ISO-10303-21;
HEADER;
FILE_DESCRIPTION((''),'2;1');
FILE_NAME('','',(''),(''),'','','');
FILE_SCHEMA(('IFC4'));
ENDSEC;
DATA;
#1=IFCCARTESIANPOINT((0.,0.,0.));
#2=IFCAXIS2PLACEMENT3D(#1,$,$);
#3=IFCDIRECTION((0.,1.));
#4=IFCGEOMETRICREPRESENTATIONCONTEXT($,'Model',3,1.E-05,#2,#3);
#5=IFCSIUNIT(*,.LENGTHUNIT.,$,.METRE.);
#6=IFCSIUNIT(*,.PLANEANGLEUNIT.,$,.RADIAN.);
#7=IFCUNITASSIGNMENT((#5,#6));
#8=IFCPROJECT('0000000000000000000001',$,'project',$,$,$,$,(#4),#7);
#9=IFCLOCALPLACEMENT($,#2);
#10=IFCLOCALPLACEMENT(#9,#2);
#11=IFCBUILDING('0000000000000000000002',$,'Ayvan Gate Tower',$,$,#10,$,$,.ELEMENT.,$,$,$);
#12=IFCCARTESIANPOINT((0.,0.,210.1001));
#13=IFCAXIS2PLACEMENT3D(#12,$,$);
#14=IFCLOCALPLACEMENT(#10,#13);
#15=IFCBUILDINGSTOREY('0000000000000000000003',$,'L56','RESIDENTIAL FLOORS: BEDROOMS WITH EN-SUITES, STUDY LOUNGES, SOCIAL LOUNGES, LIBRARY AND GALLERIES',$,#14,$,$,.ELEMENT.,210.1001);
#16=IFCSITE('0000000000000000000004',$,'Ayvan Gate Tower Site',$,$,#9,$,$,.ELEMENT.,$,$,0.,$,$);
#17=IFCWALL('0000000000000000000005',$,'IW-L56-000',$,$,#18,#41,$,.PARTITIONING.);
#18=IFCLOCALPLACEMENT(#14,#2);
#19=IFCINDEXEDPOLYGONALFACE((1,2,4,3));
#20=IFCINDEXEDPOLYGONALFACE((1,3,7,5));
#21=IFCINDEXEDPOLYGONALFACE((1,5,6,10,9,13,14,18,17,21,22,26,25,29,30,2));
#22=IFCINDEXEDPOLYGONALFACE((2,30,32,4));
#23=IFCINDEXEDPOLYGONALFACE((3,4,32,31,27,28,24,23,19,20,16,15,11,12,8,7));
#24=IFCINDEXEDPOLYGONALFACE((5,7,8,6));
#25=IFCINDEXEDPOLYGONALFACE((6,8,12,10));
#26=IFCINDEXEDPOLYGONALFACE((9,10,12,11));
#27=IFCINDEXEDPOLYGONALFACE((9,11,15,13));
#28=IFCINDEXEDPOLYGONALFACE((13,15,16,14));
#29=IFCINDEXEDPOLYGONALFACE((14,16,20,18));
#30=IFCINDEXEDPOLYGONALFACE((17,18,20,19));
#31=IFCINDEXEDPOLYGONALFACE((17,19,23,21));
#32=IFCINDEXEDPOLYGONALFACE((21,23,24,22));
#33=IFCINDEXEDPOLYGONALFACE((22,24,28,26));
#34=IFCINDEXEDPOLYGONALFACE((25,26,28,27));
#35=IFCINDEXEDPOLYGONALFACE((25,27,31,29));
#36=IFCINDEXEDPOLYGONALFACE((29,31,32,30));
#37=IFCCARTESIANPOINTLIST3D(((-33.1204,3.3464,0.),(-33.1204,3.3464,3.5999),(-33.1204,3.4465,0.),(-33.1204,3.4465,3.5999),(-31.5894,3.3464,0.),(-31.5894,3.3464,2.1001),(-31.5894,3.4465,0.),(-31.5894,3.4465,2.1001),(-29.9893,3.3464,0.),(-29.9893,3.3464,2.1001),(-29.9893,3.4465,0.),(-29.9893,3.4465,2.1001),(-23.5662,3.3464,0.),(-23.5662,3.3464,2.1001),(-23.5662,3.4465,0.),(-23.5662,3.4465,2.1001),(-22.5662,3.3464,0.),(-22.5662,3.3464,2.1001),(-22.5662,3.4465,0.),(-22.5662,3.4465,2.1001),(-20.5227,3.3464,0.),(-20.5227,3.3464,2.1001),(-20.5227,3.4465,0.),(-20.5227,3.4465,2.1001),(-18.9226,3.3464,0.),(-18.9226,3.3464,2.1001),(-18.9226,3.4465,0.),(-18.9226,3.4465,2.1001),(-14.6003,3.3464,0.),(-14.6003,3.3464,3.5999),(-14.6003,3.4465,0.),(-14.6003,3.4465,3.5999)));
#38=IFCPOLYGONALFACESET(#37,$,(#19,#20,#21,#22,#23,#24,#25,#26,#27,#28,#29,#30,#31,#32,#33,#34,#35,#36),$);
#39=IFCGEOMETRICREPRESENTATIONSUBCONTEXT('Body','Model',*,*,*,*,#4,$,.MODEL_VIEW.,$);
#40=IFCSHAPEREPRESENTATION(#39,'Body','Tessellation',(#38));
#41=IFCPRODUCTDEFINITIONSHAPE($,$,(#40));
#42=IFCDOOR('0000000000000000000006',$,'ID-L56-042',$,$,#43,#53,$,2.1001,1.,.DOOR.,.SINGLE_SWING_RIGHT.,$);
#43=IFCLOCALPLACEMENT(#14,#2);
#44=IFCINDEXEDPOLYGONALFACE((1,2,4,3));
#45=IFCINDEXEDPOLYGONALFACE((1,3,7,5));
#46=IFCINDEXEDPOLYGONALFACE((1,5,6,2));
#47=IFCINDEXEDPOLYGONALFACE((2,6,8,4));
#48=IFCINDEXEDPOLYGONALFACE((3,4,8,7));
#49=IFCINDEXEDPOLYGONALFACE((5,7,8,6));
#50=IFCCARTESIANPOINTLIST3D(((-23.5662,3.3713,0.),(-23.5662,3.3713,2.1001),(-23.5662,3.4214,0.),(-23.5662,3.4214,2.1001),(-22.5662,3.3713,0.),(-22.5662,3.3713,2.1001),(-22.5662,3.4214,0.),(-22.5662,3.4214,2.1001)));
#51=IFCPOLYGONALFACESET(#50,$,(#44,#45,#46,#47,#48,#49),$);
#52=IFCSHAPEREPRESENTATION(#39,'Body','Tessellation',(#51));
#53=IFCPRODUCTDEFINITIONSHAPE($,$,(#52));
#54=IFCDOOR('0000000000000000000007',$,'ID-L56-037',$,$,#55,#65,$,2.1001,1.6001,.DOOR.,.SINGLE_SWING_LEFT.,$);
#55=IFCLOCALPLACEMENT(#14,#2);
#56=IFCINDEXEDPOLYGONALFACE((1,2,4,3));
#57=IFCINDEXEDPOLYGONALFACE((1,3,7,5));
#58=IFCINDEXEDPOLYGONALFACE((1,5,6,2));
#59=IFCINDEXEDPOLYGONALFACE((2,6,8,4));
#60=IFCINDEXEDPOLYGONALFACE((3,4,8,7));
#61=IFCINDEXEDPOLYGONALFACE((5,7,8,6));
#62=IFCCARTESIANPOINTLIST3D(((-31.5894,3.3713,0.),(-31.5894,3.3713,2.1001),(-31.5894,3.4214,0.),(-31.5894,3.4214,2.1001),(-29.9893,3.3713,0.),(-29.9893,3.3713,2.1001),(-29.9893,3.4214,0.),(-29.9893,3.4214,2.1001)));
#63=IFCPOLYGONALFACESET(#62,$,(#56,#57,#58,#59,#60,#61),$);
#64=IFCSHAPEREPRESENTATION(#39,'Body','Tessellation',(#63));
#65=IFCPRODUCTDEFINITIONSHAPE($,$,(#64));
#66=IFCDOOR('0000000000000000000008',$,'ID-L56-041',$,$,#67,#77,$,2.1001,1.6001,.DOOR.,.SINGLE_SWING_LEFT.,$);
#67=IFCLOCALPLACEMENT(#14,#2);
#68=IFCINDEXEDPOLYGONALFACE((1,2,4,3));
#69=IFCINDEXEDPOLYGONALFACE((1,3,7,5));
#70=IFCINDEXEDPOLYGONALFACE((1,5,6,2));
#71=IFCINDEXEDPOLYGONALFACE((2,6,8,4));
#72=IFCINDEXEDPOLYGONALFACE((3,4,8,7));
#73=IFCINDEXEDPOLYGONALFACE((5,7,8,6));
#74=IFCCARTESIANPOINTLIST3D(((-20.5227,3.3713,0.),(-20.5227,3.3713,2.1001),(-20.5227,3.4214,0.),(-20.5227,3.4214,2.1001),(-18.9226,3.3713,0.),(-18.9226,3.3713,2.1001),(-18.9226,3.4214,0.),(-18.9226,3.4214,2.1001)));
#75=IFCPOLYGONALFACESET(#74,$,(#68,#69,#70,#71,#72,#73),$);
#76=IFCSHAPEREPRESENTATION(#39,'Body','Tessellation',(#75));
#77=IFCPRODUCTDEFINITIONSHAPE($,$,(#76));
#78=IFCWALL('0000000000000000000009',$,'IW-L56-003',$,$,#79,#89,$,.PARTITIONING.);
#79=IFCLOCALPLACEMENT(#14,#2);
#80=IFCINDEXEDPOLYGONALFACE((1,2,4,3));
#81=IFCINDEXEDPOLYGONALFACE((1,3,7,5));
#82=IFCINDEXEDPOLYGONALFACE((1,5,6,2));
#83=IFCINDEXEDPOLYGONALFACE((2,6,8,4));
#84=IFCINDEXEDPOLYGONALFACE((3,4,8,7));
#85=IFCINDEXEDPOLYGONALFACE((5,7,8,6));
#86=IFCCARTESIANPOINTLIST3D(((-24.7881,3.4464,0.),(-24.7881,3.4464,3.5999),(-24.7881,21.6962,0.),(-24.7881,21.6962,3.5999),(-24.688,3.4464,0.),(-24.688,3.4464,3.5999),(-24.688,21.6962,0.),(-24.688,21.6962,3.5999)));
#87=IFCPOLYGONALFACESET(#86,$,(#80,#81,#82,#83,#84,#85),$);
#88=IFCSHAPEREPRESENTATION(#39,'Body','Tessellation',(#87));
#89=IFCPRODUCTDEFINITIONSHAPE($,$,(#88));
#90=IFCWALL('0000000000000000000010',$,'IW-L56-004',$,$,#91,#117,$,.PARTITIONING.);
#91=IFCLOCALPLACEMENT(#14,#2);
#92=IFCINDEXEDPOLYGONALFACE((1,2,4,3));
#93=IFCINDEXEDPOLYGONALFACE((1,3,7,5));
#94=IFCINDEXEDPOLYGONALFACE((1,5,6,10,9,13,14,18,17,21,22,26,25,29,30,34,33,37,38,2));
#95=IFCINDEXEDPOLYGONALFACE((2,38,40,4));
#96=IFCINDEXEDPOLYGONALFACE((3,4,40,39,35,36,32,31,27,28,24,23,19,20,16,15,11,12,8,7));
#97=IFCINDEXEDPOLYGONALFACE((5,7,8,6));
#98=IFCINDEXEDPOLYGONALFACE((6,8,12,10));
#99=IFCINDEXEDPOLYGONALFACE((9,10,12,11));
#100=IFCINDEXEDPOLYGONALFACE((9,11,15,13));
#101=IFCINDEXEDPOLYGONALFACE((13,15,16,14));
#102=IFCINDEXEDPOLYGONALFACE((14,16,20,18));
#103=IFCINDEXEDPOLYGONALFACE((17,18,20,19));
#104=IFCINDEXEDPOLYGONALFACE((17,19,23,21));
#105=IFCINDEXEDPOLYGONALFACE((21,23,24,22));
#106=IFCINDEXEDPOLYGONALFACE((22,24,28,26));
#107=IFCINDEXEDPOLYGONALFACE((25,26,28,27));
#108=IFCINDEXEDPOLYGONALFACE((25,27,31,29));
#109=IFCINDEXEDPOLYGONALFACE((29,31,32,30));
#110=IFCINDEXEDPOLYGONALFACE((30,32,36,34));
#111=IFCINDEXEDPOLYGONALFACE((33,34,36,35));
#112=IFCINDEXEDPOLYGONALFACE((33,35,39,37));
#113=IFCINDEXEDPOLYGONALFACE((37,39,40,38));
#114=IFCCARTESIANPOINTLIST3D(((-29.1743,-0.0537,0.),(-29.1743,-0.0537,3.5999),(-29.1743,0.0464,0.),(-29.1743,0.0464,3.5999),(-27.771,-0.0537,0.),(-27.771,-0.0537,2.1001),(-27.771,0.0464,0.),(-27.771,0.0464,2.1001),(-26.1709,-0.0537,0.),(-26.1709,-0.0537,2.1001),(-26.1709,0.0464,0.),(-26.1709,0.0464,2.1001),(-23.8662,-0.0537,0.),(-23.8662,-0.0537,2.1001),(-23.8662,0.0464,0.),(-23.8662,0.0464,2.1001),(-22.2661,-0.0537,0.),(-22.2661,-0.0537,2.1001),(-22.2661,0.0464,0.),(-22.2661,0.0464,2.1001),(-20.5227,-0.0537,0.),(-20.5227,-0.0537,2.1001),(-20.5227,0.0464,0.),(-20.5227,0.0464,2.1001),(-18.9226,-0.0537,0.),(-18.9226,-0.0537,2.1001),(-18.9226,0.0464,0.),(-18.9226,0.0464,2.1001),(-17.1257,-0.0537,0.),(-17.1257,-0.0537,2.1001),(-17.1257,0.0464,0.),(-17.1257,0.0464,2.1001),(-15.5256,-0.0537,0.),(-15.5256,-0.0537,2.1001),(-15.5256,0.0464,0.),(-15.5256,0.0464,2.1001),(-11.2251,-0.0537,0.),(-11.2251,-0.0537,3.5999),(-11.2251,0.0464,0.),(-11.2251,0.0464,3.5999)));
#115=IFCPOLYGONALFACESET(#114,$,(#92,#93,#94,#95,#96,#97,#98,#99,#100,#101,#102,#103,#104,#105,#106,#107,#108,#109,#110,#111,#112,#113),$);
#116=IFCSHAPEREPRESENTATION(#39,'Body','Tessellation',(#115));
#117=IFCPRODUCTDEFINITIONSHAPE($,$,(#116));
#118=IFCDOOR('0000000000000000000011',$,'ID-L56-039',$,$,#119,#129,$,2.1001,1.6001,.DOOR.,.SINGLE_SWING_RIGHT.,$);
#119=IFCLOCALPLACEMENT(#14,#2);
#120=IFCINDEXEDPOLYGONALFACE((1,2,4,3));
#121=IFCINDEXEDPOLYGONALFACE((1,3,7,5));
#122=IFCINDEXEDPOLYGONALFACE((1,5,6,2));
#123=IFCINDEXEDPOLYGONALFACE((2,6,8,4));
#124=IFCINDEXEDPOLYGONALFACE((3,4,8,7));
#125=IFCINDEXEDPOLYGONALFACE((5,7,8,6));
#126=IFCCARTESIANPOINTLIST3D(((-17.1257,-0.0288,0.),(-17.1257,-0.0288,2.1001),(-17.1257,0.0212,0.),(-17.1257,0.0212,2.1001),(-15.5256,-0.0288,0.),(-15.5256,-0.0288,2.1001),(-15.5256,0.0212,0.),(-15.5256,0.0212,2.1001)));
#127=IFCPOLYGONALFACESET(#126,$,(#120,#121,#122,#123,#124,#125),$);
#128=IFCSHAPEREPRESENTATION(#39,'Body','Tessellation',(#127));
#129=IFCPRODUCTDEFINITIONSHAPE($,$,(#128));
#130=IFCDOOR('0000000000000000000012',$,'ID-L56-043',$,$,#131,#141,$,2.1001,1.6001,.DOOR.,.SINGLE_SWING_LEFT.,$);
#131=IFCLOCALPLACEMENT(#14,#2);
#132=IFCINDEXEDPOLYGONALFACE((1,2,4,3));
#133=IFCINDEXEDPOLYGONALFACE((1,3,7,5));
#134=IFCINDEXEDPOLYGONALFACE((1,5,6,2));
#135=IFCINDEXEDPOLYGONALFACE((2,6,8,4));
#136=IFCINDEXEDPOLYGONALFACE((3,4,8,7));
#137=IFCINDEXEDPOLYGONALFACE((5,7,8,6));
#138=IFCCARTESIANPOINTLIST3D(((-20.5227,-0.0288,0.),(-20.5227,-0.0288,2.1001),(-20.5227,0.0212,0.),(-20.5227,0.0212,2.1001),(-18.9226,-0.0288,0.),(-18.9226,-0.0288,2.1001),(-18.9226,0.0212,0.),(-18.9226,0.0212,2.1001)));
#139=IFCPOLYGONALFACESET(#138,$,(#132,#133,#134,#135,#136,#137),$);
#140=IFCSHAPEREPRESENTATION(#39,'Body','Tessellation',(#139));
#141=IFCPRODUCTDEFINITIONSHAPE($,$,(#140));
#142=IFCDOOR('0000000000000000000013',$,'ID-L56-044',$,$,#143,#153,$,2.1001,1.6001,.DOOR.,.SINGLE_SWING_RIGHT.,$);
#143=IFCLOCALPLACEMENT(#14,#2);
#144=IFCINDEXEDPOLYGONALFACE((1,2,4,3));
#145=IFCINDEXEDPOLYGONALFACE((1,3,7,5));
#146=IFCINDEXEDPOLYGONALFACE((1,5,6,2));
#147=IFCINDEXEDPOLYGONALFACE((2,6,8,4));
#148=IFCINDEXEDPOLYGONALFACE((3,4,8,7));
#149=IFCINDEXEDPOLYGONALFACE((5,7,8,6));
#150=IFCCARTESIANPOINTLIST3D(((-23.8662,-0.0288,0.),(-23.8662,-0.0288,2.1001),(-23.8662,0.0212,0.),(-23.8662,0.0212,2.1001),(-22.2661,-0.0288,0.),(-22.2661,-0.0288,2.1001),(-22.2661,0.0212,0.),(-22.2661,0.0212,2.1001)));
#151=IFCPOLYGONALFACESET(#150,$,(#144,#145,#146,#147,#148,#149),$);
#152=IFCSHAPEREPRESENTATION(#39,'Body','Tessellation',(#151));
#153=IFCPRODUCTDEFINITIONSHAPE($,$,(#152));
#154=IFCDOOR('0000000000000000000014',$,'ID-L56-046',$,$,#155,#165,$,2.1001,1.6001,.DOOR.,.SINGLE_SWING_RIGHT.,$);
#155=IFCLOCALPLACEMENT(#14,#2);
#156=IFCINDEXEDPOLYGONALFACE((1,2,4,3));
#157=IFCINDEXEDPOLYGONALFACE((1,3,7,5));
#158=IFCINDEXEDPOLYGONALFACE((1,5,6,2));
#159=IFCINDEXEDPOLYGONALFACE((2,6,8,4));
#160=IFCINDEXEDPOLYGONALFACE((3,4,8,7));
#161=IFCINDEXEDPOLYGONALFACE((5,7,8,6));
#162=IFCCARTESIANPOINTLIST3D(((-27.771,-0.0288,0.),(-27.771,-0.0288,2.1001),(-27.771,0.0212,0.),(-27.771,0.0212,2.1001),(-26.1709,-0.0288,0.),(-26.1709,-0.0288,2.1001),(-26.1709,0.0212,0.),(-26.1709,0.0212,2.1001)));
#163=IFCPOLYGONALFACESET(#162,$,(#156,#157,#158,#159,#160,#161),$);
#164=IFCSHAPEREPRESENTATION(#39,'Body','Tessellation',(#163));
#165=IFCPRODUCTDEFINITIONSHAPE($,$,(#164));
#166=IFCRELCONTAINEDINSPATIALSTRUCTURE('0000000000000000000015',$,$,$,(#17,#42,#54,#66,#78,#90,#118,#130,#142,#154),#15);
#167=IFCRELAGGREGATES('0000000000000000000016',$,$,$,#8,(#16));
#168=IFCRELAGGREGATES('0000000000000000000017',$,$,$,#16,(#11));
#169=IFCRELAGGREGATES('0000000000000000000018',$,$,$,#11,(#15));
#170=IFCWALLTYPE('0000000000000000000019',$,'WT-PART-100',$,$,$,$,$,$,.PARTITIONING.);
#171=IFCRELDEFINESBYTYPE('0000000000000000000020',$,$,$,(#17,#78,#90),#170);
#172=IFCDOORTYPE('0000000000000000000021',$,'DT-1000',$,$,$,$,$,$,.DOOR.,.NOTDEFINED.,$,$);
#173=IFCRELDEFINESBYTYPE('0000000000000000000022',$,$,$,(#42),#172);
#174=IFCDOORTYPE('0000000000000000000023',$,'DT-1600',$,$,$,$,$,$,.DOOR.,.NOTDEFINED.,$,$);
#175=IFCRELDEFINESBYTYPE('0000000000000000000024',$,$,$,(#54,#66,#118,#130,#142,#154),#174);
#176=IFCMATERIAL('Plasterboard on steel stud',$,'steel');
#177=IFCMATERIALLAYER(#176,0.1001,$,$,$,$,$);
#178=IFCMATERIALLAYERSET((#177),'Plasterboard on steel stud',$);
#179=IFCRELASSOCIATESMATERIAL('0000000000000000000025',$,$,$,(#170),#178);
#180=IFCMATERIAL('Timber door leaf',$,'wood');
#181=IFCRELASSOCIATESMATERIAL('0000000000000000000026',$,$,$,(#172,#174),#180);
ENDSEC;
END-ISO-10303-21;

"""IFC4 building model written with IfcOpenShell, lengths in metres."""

from ifc_helpers import new_model, si_unit, direction, frame, frame_2d, origin, place, context, subcontext, project, spatial, rectangle, extrude, material, layer, layer_set, type_object, element, fill, save


model = new_model("IFC4")

# Units and contexts
model_context = context("Model", 3, precision=1e-05, world=origin(), true_north=direction((0.0, 1.0)))
body_context = subcontext(model_context, "Body", "Model", "MODEL_VIEW")
ifc_project = project(units=[si_unit("LENGTHUNIT", "METRE"), si_unit("PLANEANGLEUNIT", "RADIAN")], contexts=[model_context])

# Site, building, storey
site_placement = place(None, origin())
site = spatial("IfcSite", under=ifc_project, at=site_placement, Name="Ayvan Gate Tower Site", CompositionType="ELEMENT", RefElevation=0.0)
building_placement = place(site_placement, origin())
building = spatial("IfcBuilding", under=site, at=building_placement, Name="Ayvan Gate Tower", CompositionType="ELEMENT")
storey_placement = place(building_placement, frame((0.0, 0.0, 210.1001)))
storey = spatial("IfcBuildingStorey", under=building, at=storey_placement, Name="L56", Description="RESIDENTIAL FLOORS: BEDROOMS WITH EN-SUITES, STUDY LOUNGES, SOCIAL LOUNGES, LIBRARY AND GALLERIES", CompositionType="ELEMENT", Elevation=210.1001)

# Wall, openings, doors
ifc_material_1 = material(Name="Plasterboard on steel stud", Category="steel")
ifc_layer_1 = layer(ifc_material_1, 0.1001)
ifc_layer_set_1 = layer_set([ifc_layer_1], Name="Plasterboard on steel stud")
wall_type = type_object("IfcWallType", Name="WT-PART-100", PredefinedType="PARTITIONING", material=ifc_layer_set_1)
wall_1_placement = place(storey_placement, frame((-33.1204, 3.3965, 0.0), z_axis=(0.0, 0.0, 1.0), x_axis=(1.0, 0.0, 0.0)))
wall_1 = element("IfcWall", 1, at=wall_1_placement, inside=storey, type_object=wall_type, Name="IW-L56-000", PredefinedType="PARTITIONING", context=body_context, shape_type="SweptSolid", body=[
    extrude(rectangle(XDim=18.52, YDim=0.1001, at=frame_2d((9.26, 0.0))), origin(), (0.0, 0.0, 1.0), 3.5999),
])
opening_1_placement = place(wall_1_placement, frame((1.531, 0.0, 0.0)))
opening_1 = element("IfcOpeningElement", 2, at=opening_1_placement, cuts=wall_1, PredefinedType="OPENING", context=body_context, shape_type="SweptSolid", body=[
    extrude(rectangle(XDim=1.6001, YDim=2.1001, at=frame_2d((0.8, 1.05))), frame((0.0, 0.0601, 0.0), z_axis=(0.0, -1.0, 0.0), x_axis=(1.0, 0.0, 0.0)), (0.0, 0.0, 1.0), 0.1201),
])
opening_2_placement = place(wall_1_placement, frame((12.5977, 0.0, 0.0)))
opening_2 = element("IfcOpeningElement", 3, at=opening_2_placement, cuts=wall_1, PredefinedType="OPENING", context=body_context, shape_type="SweptSolid", body=[
    extrude(rectangle(XDim=1.6001, YDim=2.1001, at=frame_2d((0.8, 1.05))), frame((0.0, 0.0601, 0.0), z_axis=(0.0, -1.0, 0.0), x_axis=(1.0, 0.0, 0.0)), (0.0, 0.0, 1.0), 0.1201),
])
opening_3_placement = place(wall_1_placement, frame((9.5542, 0.0, 0.0)))
opening_3 = element("IfcOpeningElement", 4, at=opening_3_placement, cuts=wall_1, PredefinedType="OPENING", context=body_context, shape_type="SweptSolid", body=[
    extrude(rectangle(XDim=1.0, YDim=2.1001, at=frame_2d((0.5, 1.05))), frame((0.0, 0.0601, 0.0), z_axis=(0.0, -1.0, 0.0), x_axis=(1.0, 0.0, 0.0)), (0.0, 0.0, 1.0), 0.1201),
])
ifc_material_2 = material(Name="Timber door leaf", Category="wood")
door_type_1 = type_object("IfcDoorType", Name="DT-1000", OperationType="NOTDEFINED", PredefinedType="DOOR", material=ifc_material_2)
door_1_placement = place(opening_3_placement, origin())
door_1 = element("IfcDoor", 5, at=door_1_placement, inside=storey, type_object=door_type_1, Name="ID-L56-042", OperationType="SINGLE_SWING_RIGHT", OverallHeight=2.1001, OverallWidth=1.0, PredefinedType="DOOR", context=body_context, shape_type="SweptSolid", body=[
    extrude(rectangle(XDim=1.0, YDim=2.1001, at=frame_2d((0.5, 1.05))), frame((0.0, 0.0249, 0.0), z_axis=(0.0, -1.0, 0.0), x_axis=(1.0, 0.0, 0.0)), (0.0, 0.0, 1.0), 0.05),
])
fill(opening_3, door_1)
door_type_2 = type_object("IfcDoorType", Name="DT-1600", OperationType="NOTDEFINED", PredefinedType="DOOR", material=ifc_material_2)
door_2_placement = place(opening_1_placement, origin())
door_2 = element("IfcDoor", 6, at=door_2_placement, inside=storey, type_object=door_type_2, Name="ID-L56-037", OperationType="SINGLE_SWING_LEFT", OverallHeight=2.1001, OverallWidth=1.6001, PredefinedType="DOOR", context=body_context, shape_type="SweptSolid", body=[
    extrude(rectangle(XDim=1.6001, YDim=2.1001, at=frame_2d((0.8, 1.05))), frame((0.0, 0.0249, 0.0), z_axis=(0.0, -1.0, 0.0), x_axis=(1.0, 0.0, 0.0)), (0.0, 0.0, 1.0), 0.05),
])
fill(opening_1, door_2)
door_3_placement = place(opening_2_placement, origin())
door_3 = element("IfcDoor", 7, at=door_3_placement, inside=storey, type_object=door_type_2, Name="ID-L56-041", OperationType="SINGLE_SWING_LEFT", OverallHeight=2.1001, OverallWidth=1.6001, PredefinedType="DOOR", context=body_context, shape_type="SweptSolid", body=[
    extrude(rectangle(XDim=1.6001, YDim=2.1001, at=frame_2d((0.8, 1.05))), frame((0.0, 0.0249, 0.0), z_axis=(0.0, -1.0, 0.0), x_axis=(1.0, 0.0, 0.0)), (0.0, 0.0, 1.0), 0.05),
])
fill(opening_2, door_3)

# Wall
wall_2_placement = place(storey_placement, frame((-24.738, 3.4463, 0.0), z_axis=(0.0, 0.0, 1.0), x_axis=(0.0, 1.0, 0.0)))
element("IfcWall", 8, at=wall_2_placement, inside=storey, type_object=wall_type, Name="IW-L56-003", PredefinedType="PARTITIONING", context=body_context, shape_type="SweptSolid", body=[
    extrude(rectangle(XDim=18.2498, YDim=0.1001, at=frame_2d((9.125, 0.0))), origin(), (0.0, 0.0, 1.0), 3.5999),
])

# Wall, openings, doors
wall_3_placement = place(storey_placement, frame((-29.1743, -0.0037, 0.0), z_axis=(0.0, 0.0, 1.0), x_axis=(1.0, 0.0, 0.0)))
wall_3 = element("IfcWall", 9, at=wall_3_placement, inside=storey, type_object=wall_type, Name="IW-L56-004", PredefinedType="PARTITIONING", context=body_context, shape_type="SweptSolid", body=[
    extrude(rectangle(XDim=17.9492, YDim=0.1001, at=frame_2d((8.9746, 0.0))), origin(), (0.0, 0.0, 1.0), 3.5999),
])
opening_4_placement = place(wall_3_placement, frame((12.0486, 0.0, 0.0)))
opening_4 = element("IfcOpeningElement", 10, at=opening_4_placement, cuts=wall_3, PredefinedType="OPENING", context=body_context, shape_type="SweptSolid", body=[
    extrude(rectangle(XDim=1.6001, YDim=2.1001, at=frame_2d((0.8, 1.05))), frame((0.0, 0.0601, 0.0), z_axis=(0.0, -1.0, 0.0), x_axis=(1.0, 0.0, 0.0)), (0.0, 0.0, 1.0), 0.1201),
])
opening_5_placement = place(wall_3_placement, frame((8.6516, 0.0, 0.0)))
opening_5 = element("IfcOpeningElement", 11, at=opening_5_placement, cuts=wall_3, PredefinedType="OPENING", context=body_context, shape_type="SweptSolid", body=[
    extrude(rectangle(XDim=1.6001, YDim=2.1001, at=frame_2d((0.8, 1.05))), frame((0.0, 0.0601, 0.0), z_axis=(0.0, -1.0, 0.0), x_axis=(1.0, 0.0, 0.0)), (0.0, 0.0, 1.0), 0.1201),
])
opening_6_placement = place(wall_3_placement, frame((5.3081, 0.0, 0.0)))
opening_6 = element("IfcOpeningElement", 12, at=opening_6_placement, cuts=wall_3, PredefinedType="OPENING", context=body_context, shape_type="SweptSolid", body=[
    extrude(rectangle(XDim=1.6001, YDim=2.1001, at=frame_2d((0.8, 1.05))), frame((0.0, 0.0601, 0.0), z_axis=(0.0, -1.0, 0.0), x_axis=(1.0, 0.0, 0.0)), (0.0, 0.0, 1.0), 0.1201),
])
opening_7_placement = place(wall_3_placement, frame((1.4033, 0.0, 0.0)))
opening_7 = element("IfcOpeningElement", 13, at=opening_7_placement, cuts=wall_3, PredefinedType="OPENING", context=body_context, shape_type="SweptSolid", body=[
    extrude(rectangle(XDim=1.6001, YDim=2.1001, at=frame_2d((0.8, 1.05))), frame((0.0, 0.0601, 0.0), z_axis=(0.0, -1.0, 0.0), x_axis=(1.0, 0.0, 0.0)), (0.0, 0.0, 1.0), 0.1201),
])
door_4_placement = place(opening_4_placement, origin())
door_4 = element("IfcDoor", 14, at=door_4_placement, inside=storey, type_object=door_type_2, Name="ID-L56-039", OperationType="SINGLE_SWING_RIGHT", OverallHeight=2.1001, OverallWidth=1.6001, PredefinedType="DOOR", context=body_context, shape_type="SweptSolid", body=[
    extrude(rectangle(XDim=1.6001, YDim=2.1001, at=frame_2d((0.8, 1.05))), frame((0.0, 0.0249, 0.0), z_axis=(0.0, -1.0, 0.0), x_axis=(1.0, 0.0, 0.0)), (0.0, 0.0, 1.0), 0.05),
])
fill(opening_4, door_4)
door_5_placement = place(opening_5_placement, origin())
door_5 = element("IfcDoor", 15, at=door_5_placement, inside=storey, type_object=door_type_2, Name="ID-L56-043", OperationType="SINGLE_SWING_LEFT", OverallHeight=2.1001, OverallWidth=1.6001, PredefinedType="DOOR", context=body_context, shape_type="SweptSolid", body=[
    extrude(rectangle(XDim=1.6001, YDim=2.1001, at=frame_2d((0.8, 1.05))), frame((0.0, 0.0249, 0.0), z_axis=(0.0, -1.0, 0.0), x_axis=(1.0, 0.0, 0.0)), (0.0, 0.0, 1.0), 0.05),
])
fill(opening_5, door_5)
door_6_placement = place(opening_6_placement, origin())
door_6 = element("IfcDoor", 16, at=door_6_placement, inside=storey, type_object=door_type_2, Name="ID-L56-044", OperationType="SINGLE_SWING_RIGHT", OverallHeight=2.1001, OverallWidth=1.6001, PredefinedType="DOOR", context=body_context, shape_type="SweptSolid", body=[
    extrude(rectangle(XDim=1.6001, YDim=2.1001, at=frame_2d((0.8, 1.05))), frame((0.0, 0.0249, 0.0), z_axis=(0.0, -1.0, 0.0), x_axis=(1.0, 0.0, 0.0)), (0.0, 0.0, 1.0), 0.05),
])
fill(opening_6, door_6)
door_7_placement = place(opening_7_placement, origin())
door_7 = element("IfcDoor", 17, at=door_7_placement, inside=storey, type_object=door_type_2, Name="ID-L56-046", OperationType="SINGLE_SWING_RIGHT", OverallHeight=2.1001, OverallWidth=1.6001, PredefinedType="DOOR", context=body_context, shape_type="SweptSolid", body=[
    extrude(rectangle(XDim=1.6001, YDim=2.1001, at=frame_2d((0.8, 1.05))), frame((0.0, 0.0249, 0.0), z_axis=(0.0, -1.0, 0.0), x_axis=(1.0, 0.0, 0.0)), (0.0, 0.0, 1.0), 0.05),
])
fill(opening_7, door_7)

save(model, "model.ifc")
